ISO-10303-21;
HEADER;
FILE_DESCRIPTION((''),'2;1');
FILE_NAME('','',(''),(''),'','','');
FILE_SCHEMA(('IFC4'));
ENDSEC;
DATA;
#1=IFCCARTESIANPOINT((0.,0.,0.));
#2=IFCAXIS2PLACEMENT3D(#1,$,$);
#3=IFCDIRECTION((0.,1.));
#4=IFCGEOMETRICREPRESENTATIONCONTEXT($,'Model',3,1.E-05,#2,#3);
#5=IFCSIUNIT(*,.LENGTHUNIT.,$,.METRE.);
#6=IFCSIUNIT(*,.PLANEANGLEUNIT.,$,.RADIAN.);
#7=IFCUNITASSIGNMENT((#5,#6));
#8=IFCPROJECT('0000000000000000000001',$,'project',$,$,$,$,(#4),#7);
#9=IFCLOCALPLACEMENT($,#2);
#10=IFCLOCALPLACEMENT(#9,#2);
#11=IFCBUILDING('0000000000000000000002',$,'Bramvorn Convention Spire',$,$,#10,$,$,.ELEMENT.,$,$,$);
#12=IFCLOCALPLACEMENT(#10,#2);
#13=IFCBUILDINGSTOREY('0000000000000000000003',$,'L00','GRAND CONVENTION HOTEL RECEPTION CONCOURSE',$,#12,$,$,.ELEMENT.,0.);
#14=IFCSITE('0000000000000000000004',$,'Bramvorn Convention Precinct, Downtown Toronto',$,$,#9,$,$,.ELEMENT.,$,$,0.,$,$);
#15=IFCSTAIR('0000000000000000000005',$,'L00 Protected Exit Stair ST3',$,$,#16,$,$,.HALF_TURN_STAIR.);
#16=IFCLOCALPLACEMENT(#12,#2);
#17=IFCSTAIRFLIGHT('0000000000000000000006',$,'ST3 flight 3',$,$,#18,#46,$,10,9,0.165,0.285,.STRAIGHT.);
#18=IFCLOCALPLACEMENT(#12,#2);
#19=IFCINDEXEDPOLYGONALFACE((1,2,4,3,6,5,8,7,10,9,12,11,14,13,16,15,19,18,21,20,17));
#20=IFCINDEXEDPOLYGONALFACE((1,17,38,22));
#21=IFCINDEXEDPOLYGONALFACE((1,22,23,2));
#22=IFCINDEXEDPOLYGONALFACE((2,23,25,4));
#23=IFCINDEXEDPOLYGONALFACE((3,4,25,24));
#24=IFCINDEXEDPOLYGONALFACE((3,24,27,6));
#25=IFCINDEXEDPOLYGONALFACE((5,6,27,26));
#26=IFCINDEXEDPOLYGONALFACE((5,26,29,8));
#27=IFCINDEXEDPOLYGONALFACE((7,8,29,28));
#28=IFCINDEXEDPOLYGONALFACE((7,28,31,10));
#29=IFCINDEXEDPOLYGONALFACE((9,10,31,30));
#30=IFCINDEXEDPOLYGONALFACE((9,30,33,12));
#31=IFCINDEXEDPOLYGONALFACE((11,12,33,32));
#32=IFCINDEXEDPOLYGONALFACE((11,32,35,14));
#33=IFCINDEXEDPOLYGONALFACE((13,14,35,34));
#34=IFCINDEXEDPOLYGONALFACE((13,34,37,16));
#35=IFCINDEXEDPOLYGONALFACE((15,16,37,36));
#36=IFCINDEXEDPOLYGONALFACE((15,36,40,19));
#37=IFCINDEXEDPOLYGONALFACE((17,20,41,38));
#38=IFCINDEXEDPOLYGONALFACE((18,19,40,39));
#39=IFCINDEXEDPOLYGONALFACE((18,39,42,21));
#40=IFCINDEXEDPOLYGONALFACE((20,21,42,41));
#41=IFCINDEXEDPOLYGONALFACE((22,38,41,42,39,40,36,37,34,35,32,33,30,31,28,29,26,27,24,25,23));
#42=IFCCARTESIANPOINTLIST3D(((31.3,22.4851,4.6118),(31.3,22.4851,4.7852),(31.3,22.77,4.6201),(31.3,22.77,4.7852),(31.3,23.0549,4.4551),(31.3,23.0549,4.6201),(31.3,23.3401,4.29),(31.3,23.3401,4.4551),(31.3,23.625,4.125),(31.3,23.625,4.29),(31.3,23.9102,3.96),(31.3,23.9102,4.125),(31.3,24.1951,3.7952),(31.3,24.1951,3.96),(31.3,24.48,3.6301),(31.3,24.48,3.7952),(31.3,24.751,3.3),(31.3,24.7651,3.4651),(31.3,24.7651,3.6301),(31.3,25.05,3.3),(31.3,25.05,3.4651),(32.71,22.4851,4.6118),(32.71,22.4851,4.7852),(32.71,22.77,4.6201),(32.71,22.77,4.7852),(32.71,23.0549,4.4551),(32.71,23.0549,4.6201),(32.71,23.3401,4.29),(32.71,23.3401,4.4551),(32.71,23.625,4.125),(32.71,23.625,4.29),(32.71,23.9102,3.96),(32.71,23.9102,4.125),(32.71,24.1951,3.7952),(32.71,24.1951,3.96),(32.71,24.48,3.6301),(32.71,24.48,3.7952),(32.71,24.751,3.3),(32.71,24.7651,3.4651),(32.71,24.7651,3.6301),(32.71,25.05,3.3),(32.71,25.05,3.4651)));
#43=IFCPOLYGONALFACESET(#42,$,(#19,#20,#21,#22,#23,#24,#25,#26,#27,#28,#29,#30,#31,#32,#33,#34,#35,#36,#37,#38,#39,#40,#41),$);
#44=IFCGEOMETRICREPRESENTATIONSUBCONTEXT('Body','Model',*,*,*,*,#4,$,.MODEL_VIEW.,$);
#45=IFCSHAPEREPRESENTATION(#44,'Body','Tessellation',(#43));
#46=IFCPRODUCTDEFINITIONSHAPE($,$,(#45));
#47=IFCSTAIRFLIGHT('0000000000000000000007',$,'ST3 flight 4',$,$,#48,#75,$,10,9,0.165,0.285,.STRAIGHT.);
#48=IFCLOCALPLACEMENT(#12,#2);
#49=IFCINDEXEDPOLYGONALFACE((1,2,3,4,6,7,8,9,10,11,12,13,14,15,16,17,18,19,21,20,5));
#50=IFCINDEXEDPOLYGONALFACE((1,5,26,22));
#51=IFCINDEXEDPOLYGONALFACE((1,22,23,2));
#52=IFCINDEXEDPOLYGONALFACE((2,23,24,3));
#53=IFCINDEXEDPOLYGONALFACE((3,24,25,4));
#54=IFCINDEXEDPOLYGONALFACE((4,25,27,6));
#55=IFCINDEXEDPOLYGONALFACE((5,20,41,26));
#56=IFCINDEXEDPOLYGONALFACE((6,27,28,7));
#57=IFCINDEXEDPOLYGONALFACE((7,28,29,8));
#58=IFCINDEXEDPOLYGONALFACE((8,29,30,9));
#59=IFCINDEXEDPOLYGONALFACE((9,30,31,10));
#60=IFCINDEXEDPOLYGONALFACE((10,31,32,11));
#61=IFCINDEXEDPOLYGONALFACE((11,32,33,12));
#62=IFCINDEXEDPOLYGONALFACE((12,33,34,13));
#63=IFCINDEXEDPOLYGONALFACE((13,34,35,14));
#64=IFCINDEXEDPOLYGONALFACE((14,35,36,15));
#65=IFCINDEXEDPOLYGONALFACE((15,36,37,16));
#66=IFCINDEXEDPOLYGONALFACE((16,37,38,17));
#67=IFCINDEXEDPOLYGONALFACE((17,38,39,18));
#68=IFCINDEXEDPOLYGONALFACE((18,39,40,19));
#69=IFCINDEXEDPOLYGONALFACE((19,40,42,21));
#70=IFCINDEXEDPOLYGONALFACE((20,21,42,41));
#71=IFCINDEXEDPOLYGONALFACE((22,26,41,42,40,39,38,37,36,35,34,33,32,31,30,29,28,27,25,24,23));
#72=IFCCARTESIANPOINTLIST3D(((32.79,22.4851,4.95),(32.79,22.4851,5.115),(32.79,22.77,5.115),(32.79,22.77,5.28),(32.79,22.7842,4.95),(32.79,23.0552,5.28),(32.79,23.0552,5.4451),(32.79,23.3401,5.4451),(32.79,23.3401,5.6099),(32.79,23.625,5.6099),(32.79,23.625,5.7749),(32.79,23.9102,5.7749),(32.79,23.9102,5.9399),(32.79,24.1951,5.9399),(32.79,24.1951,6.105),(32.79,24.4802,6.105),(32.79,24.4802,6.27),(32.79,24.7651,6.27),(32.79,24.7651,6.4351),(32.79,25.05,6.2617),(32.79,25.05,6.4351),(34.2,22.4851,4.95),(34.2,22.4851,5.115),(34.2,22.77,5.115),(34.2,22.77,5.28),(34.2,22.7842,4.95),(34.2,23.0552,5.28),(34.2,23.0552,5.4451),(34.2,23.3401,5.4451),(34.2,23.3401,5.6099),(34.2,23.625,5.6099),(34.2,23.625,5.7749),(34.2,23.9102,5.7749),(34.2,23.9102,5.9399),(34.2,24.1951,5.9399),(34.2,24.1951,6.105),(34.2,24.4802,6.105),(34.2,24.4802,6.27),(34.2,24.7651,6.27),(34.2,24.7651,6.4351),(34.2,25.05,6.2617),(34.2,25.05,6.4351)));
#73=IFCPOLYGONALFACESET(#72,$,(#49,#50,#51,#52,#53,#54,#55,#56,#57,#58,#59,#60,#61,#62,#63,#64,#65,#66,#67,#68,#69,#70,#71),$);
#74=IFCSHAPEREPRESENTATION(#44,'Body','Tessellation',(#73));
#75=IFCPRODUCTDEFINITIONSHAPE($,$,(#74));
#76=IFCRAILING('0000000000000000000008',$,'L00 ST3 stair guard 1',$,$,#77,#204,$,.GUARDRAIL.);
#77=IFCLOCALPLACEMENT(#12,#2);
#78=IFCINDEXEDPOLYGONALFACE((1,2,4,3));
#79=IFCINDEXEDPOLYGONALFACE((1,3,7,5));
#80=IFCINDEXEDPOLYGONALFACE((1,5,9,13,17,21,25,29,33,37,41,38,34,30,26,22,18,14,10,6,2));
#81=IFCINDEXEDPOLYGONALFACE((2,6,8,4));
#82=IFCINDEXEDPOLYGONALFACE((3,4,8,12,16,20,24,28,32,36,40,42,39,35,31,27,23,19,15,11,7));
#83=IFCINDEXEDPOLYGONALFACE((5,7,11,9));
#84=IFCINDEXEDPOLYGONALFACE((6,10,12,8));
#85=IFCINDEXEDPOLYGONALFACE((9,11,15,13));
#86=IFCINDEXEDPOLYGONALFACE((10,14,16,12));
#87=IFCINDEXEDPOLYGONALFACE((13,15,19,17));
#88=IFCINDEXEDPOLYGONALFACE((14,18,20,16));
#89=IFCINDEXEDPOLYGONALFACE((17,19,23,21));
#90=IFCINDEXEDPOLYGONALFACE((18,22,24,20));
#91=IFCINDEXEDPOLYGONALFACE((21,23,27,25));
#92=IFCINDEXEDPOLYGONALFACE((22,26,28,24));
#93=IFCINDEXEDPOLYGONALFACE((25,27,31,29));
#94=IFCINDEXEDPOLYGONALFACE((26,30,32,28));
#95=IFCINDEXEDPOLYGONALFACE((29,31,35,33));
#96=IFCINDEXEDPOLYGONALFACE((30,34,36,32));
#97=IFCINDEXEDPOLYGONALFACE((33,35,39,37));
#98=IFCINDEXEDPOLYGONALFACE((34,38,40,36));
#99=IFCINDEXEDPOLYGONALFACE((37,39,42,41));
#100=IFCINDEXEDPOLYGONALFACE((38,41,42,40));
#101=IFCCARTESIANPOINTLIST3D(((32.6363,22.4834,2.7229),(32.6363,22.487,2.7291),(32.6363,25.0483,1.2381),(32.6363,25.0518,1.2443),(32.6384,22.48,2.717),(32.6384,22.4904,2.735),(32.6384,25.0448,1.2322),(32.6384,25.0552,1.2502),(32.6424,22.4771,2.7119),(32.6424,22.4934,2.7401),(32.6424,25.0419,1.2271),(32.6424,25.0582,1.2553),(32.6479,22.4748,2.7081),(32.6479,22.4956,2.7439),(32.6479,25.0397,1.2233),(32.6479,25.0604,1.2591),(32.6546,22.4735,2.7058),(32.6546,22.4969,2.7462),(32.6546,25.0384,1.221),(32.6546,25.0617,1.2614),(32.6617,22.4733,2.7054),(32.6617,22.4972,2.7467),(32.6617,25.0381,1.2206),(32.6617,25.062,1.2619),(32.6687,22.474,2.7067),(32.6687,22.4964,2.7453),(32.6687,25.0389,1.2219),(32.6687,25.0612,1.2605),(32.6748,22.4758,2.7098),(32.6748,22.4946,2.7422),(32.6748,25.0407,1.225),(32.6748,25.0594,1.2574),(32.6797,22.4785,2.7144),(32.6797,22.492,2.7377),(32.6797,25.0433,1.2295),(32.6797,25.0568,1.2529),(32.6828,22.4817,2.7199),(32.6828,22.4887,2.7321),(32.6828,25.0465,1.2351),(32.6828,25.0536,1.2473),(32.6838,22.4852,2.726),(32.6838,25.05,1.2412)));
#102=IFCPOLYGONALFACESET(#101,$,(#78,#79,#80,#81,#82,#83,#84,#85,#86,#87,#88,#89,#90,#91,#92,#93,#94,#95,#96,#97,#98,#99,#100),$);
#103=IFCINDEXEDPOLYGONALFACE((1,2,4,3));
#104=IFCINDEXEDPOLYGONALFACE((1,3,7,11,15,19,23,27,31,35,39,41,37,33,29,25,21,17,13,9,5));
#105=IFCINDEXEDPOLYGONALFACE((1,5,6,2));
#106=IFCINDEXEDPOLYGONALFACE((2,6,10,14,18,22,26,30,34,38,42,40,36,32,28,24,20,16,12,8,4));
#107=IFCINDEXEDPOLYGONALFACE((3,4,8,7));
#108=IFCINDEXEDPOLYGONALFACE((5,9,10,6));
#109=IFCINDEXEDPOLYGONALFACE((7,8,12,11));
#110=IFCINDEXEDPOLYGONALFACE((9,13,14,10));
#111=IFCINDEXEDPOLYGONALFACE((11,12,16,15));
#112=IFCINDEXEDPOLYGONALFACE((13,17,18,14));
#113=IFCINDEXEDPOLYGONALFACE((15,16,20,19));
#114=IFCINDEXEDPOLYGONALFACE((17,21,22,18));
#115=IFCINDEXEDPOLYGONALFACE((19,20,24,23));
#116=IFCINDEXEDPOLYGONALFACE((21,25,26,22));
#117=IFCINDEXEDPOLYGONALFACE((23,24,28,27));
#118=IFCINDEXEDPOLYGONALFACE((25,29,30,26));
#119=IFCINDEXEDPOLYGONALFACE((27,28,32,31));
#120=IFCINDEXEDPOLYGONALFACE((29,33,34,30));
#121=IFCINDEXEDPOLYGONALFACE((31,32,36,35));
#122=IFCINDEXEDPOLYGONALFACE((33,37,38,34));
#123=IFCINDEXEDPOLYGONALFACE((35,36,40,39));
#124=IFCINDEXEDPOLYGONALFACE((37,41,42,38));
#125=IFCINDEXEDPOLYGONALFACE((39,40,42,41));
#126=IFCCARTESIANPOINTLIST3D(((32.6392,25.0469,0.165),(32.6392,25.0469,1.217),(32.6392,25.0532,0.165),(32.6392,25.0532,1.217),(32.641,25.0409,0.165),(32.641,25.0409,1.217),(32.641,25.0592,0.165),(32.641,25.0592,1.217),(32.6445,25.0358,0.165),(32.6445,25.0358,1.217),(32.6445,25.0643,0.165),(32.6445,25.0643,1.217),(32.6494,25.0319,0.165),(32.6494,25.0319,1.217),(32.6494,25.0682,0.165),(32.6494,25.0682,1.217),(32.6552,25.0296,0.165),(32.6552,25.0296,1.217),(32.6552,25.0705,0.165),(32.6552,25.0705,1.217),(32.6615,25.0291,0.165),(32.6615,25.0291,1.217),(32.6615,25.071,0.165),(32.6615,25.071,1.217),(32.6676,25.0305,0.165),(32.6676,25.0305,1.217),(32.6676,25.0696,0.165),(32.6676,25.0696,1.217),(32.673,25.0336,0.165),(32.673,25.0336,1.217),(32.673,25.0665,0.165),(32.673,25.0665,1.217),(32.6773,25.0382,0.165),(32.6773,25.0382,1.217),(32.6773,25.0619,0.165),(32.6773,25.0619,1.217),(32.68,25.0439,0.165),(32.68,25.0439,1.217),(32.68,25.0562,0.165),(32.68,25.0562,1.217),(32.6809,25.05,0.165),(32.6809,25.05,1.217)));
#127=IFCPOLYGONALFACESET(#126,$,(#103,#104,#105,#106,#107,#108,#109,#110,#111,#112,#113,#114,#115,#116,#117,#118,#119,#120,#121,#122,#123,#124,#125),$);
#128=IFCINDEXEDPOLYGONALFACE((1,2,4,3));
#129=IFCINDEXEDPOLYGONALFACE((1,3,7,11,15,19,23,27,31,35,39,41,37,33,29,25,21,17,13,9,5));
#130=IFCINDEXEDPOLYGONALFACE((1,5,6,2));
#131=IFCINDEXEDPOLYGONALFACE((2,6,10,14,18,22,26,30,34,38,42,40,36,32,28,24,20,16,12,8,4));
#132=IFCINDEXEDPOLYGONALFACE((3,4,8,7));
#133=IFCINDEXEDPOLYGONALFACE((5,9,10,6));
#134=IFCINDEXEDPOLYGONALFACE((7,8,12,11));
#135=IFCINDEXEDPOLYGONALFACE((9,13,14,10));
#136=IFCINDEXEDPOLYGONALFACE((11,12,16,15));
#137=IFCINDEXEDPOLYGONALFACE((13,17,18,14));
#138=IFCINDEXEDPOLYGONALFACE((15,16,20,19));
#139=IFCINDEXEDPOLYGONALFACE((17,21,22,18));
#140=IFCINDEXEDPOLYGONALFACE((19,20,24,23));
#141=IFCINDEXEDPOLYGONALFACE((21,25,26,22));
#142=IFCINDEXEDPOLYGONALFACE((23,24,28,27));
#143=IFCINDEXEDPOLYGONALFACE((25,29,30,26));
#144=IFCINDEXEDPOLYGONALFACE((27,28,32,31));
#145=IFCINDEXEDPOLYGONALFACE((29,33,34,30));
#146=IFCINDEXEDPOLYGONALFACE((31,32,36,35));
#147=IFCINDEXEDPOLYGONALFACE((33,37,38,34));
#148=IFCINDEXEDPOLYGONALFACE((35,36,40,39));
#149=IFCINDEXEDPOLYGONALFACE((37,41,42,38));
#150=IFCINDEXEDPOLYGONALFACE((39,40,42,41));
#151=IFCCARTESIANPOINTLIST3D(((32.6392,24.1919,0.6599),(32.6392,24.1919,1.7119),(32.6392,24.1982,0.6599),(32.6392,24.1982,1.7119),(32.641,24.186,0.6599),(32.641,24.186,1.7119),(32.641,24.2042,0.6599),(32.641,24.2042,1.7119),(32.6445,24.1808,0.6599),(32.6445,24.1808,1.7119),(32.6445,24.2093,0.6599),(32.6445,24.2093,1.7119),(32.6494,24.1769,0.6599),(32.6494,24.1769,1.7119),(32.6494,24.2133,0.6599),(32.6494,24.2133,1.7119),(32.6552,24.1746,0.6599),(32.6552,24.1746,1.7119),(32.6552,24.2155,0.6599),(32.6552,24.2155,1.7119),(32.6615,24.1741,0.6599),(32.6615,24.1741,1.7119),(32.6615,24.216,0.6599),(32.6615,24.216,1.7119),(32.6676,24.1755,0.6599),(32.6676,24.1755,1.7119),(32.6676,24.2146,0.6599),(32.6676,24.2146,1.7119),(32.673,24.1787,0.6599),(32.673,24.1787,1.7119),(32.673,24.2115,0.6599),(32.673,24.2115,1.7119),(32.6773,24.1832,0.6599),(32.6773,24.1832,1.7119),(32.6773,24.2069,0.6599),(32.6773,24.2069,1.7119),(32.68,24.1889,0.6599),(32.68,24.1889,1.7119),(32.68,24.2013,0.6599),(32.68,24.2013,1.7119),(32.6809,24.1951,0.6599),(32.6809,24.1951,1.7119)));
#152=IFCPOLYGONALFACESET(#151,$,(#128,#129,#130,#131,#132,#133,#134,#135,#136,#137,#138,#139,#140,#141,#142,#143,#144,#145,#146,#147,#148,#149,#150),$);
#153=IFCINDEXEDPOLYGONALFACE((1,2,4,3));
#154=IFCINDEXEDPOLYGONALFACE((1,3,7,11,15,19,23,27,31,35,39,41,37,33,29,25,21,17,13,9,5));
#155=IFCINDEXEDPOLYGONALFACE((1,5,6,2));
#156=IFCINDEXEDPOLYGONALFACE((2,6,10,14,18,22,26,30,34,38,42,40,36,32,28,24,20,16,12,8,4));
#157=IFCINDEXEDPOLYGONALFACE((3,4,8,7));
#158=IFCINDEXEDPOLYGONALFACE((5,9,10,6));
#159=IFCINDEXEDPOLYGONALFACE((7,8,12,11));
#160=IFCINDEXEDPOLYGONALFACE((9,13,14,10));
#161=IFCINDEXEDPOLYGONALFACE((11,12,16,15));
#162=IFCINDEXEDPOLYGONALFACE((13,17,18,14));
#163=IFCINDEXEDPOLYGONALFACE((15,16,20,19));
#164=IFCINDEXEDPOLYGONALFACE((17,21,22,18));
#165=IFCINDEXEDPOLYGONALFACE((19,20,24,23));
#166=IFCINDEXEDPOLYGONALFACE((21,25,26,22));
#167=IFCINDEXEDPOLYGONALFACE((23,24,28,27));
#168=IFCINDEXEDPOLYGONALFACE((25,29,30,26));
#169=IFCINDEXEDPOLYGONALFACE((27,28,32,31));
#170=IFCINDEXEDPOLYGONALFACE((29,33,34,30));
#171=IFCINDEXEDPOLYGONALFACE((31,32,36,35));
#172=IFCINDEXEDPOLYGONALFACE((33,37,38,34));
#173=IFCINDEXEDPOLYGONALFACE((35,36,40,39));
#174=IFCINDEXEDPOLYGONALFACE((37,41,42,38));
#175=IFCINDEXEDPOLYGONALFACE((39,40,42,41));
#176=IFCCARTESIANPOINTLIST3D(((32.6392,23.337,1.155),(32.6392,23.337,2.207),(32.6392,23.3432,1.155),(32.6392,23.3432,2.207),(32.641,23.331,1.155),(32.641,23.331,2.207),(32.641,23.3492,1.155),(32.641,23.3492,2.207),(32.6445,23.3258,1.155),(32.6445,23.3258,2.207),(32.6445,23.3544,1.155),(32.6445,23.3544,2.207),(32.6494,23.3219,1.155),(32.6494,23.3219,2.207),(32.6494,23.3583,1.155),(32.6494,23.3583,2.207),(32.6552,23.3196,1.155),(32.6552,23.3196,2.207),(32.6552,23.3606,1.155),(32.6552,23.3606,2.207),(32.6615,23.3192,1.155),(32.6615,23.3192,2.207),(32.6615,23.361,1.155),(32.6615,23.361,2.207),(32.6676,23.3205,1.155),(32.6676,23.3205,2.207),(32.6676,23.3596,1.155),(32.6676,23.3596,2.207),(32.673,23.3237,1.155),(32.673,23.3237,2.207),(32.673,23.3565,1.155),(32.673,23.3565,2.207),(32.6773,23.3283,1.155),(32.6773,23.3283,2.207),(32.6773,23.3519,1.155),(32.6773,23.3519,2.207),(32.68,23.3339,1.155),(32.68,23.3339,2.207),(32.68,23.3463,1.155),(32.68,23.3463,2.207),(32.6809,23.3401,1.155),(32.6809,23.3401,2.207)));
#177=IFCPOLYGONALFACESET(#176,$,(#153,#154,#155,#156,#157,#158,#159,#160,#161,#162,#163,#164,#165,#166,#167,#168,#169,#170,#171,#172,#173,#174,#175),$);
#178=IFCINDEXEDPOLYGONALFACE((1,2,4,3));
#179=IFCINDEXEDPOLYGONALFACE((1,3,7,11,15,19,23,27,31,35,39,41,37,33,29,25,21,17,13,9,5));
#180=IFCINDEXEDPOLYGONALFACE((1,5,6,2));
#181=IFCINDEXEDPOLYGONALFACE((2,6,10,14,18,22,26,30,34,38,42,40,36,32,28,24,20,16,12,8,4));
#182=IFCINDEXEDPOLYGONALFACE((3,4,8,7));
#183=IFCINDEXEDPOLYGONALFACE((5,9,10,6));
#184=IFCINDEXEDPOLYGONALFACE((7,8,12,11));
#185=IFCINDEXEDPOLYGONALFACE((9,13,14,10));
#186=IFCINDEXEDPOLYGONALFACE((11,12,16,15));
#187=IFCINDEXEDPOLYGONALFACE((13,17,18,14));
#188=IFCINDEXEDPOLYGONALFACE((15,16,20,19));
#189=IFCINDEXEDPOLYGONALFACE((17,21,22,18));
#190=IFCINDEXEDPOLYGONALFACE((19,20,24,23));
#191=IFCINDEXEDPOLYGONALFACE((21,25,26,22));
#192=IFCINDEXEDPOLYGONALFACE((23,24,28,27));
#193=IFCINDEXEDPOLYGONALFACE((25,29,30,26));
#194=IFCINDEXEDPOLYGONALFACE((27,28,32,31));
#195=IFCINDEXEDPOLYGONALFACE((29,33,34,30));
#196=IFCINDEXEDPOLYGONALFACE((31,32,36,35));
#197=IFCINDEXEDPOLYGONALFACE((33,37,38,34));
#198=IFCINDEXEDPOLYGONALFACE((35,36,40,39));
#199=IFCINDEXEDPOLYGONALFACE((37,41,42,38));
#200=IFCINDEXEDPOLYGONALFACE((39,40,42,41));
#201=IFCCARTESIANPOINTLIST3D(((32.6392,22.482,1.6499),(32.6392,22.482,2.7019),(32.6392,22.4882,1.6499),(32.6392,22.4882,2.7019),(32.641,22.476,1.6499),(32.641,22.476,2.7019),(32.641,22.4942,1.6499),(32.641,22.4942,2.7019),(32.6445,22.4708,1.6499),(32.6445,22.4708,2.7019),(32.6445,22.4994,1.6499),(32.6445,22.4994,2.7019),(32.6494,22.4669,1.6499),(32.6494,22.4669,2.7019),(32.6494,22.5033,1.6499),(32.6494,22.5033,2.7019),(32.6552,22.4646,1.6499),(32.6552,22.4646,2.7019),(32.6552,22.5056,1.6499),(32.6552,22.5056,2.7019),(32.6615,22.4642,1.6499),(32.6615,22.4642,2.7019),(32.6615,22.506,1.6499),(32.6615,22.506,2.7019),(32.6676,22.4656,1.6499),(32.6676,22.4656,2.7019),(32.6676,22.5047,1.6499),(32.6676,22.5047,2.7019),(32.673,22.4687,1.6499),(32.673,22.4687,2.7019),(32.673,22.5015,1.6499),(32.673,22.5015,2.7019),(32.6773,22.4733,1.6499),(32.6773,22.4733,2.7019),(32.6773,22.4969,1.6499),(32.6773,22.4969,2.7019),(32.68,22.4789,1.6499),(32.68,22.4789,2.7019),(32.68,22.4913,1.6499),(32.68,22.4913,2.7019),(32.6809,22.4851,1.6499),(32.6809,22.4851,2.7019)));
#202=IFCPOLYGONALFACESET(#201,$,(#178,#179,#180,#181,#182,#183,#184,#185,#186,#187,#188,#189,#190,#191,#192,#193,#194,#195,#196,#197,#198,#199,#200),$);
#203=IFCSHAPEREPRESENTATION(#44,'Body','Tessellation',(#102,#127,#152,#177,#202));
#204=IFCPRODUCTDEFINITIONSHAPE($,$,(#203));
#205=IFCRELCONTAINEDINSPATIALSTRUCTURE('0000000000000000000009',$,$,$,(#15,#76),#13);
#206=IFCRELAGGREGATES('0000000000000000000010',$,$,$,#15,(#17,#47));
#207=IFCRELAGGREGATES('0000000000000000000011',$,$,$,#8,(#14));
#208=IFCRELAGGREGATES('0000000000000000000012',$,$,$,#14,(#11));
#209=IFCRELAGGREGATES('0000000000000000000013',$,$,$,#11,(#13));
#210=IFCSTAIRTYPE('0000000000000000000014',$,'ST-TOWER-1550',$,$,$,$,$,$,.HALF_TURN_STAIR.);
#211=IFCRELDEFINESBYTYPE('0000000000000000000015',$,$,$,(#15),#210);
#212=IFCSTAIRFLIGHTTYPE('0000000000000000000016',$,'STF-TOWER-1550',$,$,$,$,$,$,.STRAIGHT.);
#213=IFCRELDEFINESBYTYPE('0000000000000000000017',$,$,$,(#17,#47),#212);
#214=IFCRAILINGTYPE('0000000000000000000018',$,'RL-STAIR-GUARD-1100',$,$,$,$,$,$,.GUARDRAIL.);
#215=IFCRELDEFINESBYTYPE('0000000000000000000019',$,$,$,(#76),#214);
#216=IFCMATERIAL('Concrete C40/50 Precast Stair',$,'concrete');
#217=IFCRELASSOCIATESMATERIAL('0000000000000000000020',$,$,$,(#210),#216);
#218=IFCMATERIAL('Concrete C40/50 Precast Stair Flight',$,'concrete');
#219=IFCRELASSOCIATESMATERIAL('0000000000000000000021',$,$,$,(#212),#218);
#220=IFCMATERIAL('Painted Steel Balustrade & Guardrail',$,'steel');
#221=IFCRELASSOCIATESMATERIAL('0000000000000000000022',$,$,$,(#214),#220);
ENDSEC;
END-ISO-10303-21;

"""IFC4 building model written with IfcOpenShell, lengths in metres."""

from ifc_helpers import new_model, si_unit, direction, frame, origin, origin_2d, place, context, subcontext, project, spatial, polyline, circle, outline, extrude, material, type_object, element, aggregate, save


model = new_model("IFC4")

# Units and contexts
model_context = context("Model", 3, precision=1e-05, world=origin(), true_north=direction((0.0, 1.0)))
body_context = subcontext(model_context, "Body", "Model", "MODEL_VIEW")
ifc_project = project(units=[si_unit("LENGTHUNIT", "METRE"), si_unit("PLANEANGLEUNIT", "RADIAN")], contexts=[model_context])

# Site, building, storey
site_placement = place(None, origin())
site = spatial("IfcSite", under=ifc_project, at=site_placement, Name="Bramvorn Convention Precinct, Downtown Toronto", CompositionType="ELEMENT", RefElevation=0.0)
building_placement = place(site_placement, origin())
building = spatial("IfcBuilding", under=site, at=building_placement, Name="Bramvorn Convention Spire", CompositionType="ELEMENT")
storey_placement = place(building_placement, origin())
storey = spatial("IfcBuildingStorey", under=building, at=storey_placement, Name="L00", Description="GRAND CONVENTION HOTEL RECEPTION CONCOURSE", CompositionType="ELEMENT", Elevation=0.0)

# Stair, stair flights
ifc_material_1 = material(Name="Concrete C40/50 Precast Stair", Category="concrete")
stair_type = type_object("IfcStairType", Name="ST-TOWER-1550", PredefinedType="HALF_TURN_STAIR", material=ifc_material_1)
stair_placement = place(storey_placement, origin())
stair = element("IfcStair", 1, at=stair_placement, inside=storey, type_object=stair_type, Name="L00 Protected Exit Stair ST3", PredefinedType="HALF_TURN_STAIR")
ifc_material_2 = material(Name="Concrete C40/50 Precast Stair Flight", Category="concrete")
stair_flight_type = type_object("IfcStairFlightType", Name="STF-TOWER-1550", PredefinedType="STRAIGHT", material=ifc_material_2)
stair_flight_1_placement = place(storey_placement, frame((32.0049, 25.05, 3.3), z_axis=(0.0, 0.0, 1.0), x_axis=(0.0, -1.0, 0.0)))
stair_flight_1 = element("IfcStairFlight", 2, at=stair_flight_1_placement, type_object=stair_flight_type, Name="ST3 flight 3", NumberOfRisers=10, NumberOfTreads=9, PredefinedType="STRAIGHT", RiserHeight=0.165, TreadLength=0.285, context=body_context, shape_type="SweptSolid", body=[
    extrude(outline(polyline([(0.0, 0.0), (0.0, 0.165), (0.2849, 0.165), (0.2849, 0.3301), (0.5701, 0.3301), (0.5701, 0.4951), (0.855, 0.4951), (0.855, 0.6599), (1.1399, 0.6599), (1.1399, 0.825), (1.425, 0.825), (1.425, 0.99), (1.71, 0.99), (1.71, 1.155), (1.9951, 1.155), (1.9951, 1.3201), (2.28, 1.3201), (2.28, 1.4851), (2.5649, 1.4851), (2.5649, 1.6499), (2.5649, 1.3118), (0.2991, 0.0), (0.0, 0.0)])), frame((0.0, 0.7051, 0.0), z_axis=(0.0, -1.0, 0.0), x_axis=(1.0, 0.0, 0.0)), (0.0, 0.0, 1.0), 1.4099),
])
stair_flight_2_placement = place(storey_placement, frame((33.4951, 22.4851, 4.95), z_axis=(0.0, 0.0, 1.0), x_axis=(0.0, 1.0, 0.0)))
stair_flight_2 = element("IfcStairFlight", 3, at=stair_flight_2_placement, type_object=stair_flight_type, Name="ST3 flight 4", NumberOfRisers=10, NumberOfTreads=9, PredefinedType="STRAIGHT", RiserHeight=0.165, TreadLength=0.285, context=body_context, shape_type="SweptSolid", body=[
    extrude(outline(polyline([(0.0, 0.0), (0.0, 0.165), (0.2849, 0.165), (0.2849, 0.3301), (0.5701, 0.3301), (0.5701, 0.4951), (0.855, 0.4951), (0.855, 0.6599), (1.1399, 0.6599), (1.1399, 0.825), (1.425, 0.825), (1.425, 0.99), (1.71, 0.99), (1.71, 1.155), (1.9951, 1.155), (1.9951, 1.3201), (2.28, 1.3201), (2.28, 1.4851), (2.5649, 1.4851), (2.5649, 1.6499), (2.5649, 1.3118), (0.2991, 0.0), (0.0, 0.0)])), frame((0.0, 0.7051, 0.0), z_axis=(0.0, -1.0, 0.0), x_axis=(1.0, 0.0, 0.0)), (0.0, 0.0, 1.0), 1.4099),
])
aggregate(stair, [stair_flight_1, stair_flight_2])

# Railing
ifc_material_3 = material(Name="Painted Steel Balustrade & Guardrail", Category="steel")
railing_type_1 = type_object("IfcRailingType", Name="RL-STAIR-GUARD-1100", PredefinedType="GUARDRAIL", material=ifc_material_3)
railing_1_placement = place(storey_placement, frame((32.6599, 25.05, 0.165)))
element("IfcRailing", 4, at=railing_1_placement, inside=storey, type_object=railing_type_1, Name="L00 ST3 stair guard 1", PredefinedType="GUARDRAIL", context=body_context, shape_type="SweptSolid", body=[
    extrude(circle(Radius=0.0239, at=origin_2d()), frame((0.0, 0.0, 1.0762), z_axis=(0.0, -0.865441, 0.50101), x_axis=(1.0, 0.0, 0.0)), (0.0, 0.0, 1.0), 2.9636),
    extrude(circle(Radius=0.021, at=origin_2d()), origin(), (0.0, 0.0, 1.0), 1.052),
    extrude(circle(Radius=0.021, at=origin_2d()), frame((0.0, -0.855, 0.4949)), (0.0, 0.0, 1.0), 1.052),
    extrude(circle(Radius=0.021, at=origin_2d()), frame((0.0, -1.71, 0.99)), (0.0, 0.0, 1.0), 1.052),
    extrude(circle(Radius=0.021, at=origin_2d()), frame((0.0, -2.5649, 1.4849)), (0.0, 0.0, 1.0), 1.052),
])

save(model, "model.ifc")
